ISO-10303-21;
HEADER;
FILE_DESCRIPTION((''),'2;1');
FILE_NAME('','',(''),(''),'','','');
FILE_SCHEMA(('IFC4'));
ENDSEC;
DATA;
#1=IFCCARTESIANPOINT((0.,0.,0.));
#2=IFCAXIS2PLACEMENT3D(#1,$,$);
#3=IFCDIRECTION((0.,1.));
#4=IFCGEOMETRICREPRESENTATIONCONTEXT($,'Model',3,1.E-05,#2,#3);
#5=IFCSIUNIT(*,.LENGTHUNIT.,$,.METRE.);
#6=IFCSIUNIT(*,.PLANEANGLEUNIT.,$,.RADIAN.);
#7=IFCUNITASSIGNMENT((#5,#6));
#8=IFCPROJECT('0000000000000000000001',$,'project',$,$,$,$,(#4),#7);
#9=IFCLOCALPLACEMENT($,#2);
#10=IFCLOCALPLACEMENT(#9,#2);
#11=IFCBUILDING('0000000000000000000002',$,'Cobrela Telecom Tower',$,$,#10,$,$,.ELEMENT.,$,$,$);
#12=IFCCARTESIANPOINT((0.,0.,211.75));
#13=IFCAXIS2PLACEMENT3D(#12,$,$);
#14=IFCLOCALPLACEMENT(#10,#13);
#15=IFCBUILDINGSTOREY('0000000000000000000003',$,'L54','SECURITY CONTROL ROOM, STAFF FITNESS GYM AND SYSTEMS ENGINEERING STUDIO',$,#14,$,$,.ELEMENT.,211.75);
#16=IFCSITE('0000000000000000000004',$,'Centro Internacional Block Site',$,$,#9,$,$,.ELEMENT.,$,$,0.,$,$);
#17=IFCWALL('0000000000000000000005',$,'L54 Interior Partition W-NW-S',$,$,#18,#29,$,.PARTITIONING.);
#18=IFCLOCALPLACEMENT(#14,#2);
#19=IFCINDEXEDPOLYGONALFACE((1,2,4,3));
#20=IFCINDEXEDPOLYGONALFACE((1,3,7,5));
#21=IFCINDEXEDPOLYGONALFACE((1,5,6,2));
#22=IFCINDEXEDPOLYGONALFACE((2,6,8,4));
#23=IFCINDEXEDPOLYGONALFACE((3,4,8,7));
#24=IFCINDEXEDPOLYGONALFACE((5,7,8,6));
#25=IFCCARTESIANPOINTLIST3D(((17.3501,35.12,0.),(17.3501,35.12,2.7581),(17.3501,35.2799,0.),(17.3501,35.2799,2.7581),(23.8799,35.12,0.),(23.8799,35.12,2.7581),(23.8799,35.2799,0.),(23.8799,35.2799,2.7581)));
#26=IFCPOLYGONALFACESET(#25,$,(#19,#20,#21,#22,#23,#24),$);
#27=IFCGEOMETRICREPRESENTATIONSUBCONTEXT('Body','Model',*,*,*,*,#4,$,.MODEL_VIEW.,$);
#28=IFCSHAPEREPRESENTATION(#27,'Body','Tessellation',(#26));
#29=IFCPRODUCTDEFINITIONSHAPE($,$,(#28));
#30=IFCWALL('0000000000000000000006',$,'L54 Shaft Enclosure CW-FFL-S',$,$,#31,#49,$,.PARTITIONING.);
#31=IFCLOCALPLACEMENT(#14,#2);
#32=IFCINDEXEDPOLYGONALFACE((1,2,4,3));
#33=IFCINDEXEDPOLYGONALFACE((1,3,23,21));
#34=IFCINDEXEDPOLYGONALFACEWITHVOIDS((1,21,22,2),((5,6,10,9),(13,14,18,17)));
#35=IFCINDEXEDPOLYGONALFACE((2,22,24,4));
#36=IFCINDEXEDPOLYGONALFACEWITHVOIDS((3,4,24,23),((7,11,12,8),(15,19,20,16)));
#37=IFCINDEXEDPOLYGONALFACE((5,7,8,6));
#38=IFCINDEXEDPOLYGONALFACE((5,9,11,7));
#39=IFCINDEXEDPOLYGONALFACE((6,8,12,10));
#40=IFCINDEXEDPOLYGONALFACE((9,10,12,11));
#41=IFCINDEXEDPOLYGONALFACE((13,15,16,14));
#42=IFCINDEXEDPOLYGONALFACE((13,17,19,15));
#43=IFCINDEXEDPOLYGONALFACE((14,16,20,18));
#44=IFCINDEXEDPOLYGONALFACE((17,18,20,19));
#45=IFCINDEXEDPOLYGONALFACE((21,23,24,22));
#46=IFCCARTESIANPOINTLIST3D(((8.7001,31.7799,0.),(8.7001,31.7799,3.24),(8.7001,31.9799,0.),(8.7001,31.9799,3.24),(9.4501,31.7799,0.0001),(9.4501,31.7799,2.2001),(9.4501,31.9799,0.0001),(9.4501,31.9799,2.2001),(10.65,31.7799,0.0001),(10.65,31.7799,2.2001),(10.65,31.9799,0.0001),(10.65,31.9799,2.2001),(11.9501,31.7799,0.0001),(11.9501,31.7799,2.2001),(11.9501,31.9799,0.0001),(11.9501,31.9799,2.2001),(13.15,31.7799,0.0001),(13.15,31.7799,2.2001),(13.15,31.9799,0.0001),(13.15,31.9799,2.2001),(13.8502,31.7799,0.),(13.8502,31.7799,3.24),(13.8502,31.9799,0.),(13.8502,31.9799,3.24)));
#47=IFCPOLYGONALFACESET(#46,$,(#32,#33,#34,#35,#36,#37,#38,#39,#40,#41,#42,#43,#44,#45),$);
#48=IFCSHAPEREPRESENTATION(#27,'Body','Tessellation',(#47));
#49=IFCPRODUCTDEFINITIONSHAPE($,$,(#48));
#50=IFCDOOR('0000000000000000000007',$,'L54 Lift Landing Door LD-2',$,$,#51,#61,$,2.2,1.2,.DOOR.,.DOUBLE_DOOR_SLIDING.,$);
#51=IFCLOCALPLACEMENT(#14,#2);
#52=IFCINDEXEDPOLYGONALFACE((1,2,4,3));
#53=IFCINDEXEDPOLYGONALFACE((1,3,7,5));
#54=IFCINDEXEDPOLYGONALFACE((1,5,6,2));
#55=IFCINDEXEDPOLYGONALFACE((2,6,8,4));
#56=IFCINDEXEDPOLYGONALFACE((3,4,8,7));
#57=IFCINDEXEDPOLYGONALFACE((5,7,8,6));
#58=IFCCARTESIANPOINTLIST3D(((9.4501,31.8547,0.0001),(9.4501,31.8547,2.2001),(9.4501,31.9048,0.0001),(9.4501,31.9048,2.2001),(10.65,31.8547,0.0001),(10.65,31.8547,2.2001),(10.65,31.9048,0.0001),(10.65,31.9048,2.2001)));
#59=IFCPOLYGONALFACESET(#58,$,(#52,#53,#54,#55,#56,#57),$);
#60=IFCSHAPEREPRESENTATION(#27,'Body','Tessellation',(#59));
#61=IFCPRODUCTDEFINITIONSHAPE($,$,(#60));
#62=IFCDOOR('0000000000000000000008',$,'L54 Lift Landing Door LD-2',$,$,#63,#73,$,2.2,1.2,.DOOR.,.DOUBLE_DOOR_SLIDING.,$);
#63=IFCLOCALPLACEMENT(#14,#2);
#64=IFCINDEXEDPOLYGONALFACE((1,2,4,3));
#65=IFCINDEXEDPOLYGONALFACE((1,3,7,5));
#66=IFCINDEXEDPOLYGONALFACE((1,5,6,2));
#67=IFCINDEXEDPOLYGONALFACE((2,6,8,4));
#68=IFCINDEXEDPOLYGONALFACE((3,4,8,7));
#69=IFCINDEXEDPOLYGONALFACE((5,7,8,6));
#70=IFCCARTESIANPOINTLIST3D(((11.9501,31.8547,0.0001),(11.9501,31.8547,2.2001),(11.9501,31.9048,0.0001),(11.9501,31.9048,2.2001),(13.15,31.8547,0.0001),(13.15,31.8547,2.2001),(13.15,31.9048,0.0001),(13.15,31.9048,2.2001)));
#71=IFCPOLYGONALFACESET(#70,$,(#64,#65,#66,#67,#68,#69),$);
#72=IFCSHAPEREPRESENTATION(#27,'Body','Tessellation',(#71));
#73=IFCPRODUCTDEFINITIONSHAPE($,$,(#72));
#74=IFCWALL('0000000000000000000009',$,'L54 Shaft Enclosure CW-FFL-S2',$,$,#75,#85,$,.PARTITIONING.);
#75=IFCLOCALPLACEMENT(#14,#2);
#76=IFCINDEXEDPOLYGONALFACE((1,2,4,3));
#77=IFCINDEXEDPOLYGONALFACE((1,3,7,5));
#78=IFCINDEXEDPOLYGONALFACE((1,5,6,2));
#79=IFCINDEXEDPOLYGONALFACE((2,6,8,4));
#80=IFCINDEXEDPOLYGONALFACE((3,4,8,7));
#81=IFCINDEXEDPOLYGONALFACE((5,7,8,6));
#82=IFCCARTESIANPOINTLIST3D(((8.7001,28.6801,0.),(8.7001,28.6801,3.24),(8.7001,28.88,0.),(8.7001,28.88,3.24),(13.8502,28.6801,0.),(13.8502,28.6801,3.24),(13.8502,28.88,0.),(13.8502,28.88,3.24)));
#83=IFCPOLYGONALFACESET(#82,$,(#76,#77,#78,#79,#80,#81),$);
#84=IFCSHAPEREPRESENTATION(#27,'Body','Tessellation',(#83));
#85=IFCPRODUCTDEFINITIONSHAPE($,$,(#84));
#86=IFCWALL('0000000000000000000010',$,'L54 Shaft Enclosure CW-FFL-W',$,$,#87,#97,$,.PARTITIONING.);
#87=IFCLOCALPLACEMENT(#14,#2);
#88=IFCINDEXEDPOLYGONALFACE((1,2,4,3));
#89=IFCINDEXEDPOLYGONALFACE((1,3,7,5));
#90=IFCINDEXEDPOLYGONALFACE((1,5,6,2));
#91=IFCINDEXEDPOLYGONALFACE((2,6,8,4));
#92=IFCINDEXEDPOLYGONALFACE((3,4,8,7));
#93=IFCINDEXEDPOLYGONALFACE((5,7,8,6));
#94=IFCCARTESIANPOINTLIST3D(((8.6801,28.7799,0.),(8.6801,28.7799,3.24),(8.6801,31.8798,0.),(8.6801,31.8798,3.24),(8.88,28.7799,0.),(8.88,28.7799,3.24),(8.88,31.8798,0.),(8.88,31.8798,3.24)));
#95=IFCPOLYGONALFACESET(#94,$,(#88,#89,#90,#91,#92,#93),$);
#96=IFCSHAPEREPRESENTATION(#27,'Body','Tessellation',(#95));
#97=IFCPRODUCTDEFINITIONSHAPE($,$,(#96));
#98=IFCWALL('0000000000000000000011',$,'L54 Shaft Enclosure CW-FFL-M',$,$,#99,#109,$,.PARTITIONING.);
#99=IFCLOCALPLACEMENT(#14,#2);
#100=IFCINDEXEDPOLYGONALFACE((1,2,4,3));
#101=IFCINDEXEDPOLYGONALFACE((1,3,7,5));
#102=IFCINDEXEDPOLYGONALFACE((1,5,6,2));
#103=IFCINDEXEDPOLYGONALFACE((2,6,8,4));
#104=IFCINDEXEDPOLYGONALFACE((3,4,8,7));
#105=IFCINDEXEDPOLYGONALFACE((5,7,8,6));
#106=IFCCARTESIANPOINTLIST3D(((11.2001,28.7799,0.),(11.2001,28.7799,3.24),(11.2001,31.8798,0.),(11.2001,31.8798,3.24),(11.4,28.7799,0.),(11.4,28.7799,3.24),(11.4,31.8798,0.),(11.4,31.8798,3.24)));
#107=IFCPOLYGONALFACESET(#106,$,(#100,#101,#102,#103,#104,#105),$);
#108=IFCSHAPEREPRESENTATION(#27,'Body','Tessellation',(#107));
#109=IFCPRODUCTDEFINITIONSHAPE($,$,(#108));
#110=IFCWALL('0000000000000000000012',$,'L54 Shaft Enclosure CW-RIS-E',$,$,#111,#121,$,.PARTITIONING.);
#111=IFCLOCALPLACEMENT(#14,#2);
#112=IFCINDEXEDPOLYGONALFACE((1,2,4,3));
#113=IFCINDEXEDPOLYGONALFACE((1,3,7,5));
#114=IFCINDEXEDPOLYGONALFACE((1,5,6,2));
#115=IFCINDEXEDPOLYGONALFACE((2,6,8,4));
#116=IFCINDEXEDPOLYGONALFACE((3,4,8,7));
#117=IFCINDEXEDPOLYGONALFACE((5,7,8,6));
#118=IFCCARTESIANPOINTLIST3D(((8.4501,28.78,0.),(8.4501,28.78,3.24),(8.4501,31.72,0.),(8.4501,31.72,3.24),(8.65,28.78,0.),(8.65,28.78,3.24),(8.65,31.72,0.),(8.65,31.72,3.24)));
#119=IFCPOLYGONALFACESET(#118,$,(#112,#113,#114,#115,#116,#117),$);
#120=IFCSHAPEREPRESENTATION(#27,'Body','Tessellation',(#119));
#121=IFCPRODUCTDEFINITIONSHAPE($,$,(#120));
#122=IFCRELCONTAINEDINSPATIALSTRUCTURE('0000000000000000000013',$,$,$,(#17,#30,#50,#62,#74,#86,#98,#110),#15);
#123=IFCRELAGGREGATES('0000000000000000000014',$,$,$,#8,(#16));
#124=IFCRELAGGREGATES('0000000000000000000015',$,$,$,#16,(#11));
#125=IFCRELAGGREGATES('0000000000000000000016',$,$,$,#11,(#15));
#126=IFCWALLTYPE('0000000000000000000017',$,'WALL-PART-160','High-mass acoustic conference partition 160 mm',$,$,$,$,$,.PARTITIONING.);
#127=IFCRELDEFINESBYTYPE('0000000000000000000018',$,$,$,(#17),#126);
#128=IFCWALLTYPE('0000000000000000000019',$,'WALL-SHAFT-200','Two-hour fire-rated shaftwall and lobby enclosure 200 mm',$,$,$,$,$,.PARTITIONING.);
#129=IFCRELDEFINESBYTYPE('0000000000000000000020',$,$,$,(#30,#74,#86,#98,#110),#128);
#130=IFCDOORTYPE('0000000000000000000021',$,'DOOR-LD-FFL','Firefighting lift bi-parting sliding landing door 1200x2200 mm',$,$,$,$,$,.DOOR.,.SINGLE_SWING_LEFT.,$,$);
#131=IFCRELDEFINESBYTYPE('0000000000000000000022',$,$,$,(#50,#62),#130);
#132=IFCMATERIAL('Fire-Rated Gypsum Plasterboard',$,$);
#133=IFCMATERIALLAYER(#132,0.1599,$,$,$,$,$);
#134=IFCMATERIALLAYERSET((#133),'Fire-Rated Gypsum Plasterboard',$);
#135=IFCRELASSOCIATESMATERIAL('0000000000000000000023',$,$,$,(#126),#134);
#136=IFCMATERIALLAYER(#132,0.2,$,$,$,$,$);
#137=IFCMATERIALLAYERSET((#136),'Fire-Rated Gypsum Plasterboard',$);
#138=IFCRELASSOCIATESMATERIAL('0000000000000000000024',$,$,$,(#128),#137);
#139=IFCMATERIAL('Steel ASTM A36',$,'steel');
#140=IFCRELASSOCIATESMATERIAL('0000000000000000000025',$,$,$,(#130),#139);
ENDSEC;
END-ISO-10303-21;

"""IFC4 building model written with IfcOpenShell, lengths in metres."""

from ifc_helpers import new_model, si_unit, direction, frame, frame_2d, origin, place, context, subcontext, project, spatial, rectangle, extrude, material, layer, layer_set, type_object, element, fill, save


model = new_model("IFC4")

# Units and contexts
model_context = context("Model", 3, precision=1e-05, world=origin(), true_north=direction((0.0, 1.0)))
body_context = subcontext(model_context, "Body", "Model", "MODEL_VIEW")
ifc_project = project(units=[si_unit("LENGTHUNIT", "METRE"), si_unit("PLANEANGLEUNIT", "RADIAN")], contexts=[model_context])

# Site, building, storey
site_placement = place(None, origin())
site = spatial("IfcSite", under=ifc_project, at=site_placement, Name="Centro Internacional Block Site", CompositionType="ELEMENT", RefElevation=0.0)
building_placement = place(site_placement, origin())
building = spatial("IfcBuilding", under=site, at=building_placement, Name="Cobrela Telecom Tower", CompositionType="ELEMENT")
storey_placement = place(building_placement, frame((0.0, 0.0, 211.75)))
storey = spatial("IfcBuildingStorey", under=building, at=storey_placement, Name="L54", Description="SECURITY CONTROL ROOM, STAFF FITNESS GYM AND SYSTEMS ENGINEERING STUDIO", CompositionType="ELEMENT", Elevation=211.75)

# Shared definitions
ifc_material_1 = material(Name="Steel ASTM A36", Category="steel")

# Shared definitions
ifc_material_2 = material(Name="Fire-Rated Gypsum Plasterboard")

# Wall
ifc_layer_1 = layer(ifc_material_2, 0.1599)
ifc_layer_set_1 = layer_set([ifc_layer_1], Name="Fire-Rated Gypsum Plasterboard")
wall_type_1 = type_object("IfcWallType", Name="WALL-PART-160", Description="High-mass acoustic conference partition 160 mm", PredefinedType="PARTITIONING", material=ifc_layer_set_1)
wall_1_placement = place(storey_placement, frame((17.3501, 35.2, 0.0), z_axis=(0.0, 0.0, 1.0), x_axis=(1.0, 0.0, 0.0)))
element("IfcWall", 1, at=wall_1_placement, inside=storey, type_object=wall_type_1, Name="L54 Interior Partition W-NW-S", PredefinedType="PARTITIONING", context=body_context, shape_type="SweptSolid", body=[
    extrude(rectangle(XDim=6.5298, YDim=0.1599, at=frame_2d((3.2649, 0.0))), origin(), (0.0, 0.0, 1.0), 2.7581),
])

# Wall, openings, doors
ifc_layer_2 = layer(ifc_material_2, 0.2)
ifc_layer_set_2 = layer_set([ifc_layer_2], Name="Fire-Rated Gypsum Plasterboard")
wall_type_2 = type_object("IfcWallType", Name="WALL-SHAFT-200", Description="Two-hour fire-rated shaftwall and lobby enclosure 200 mm", PredefinedType="PARTITIONING", material=ifc_layer_set_2)
wall_2_placement = place(storey_placement, frame((8.7, 31.8799, 0.0), z_axis=(0.0, 0.0, 1.0), x_axis=(1.0, 0.0, 0.0)))
wall_2 = element("IfcWall", 2, at=wall_2_placement, inside=storey, type_object=wall_type_2, Name="L54 Shaft Enclosure CW-FFL-S", PredefinedType="PARTITIONING", context=body_context, shape_type="SweptSolid", body=[
    extrude(rectangle(XDim=5.1501, YDim=0.2, at=frame_2d((2.5752, 0.0))), origin(), (0.0, 0.0, 1.0), 3.24),
])
opening_1_placement = place(wall_2_placement, frame((0.75, 0.0, 0.0)))
opening_1 = element("IfcOpeningElement", 3, at=opening_1_placement, cuts=wall_2, PredefinedType="OPENING", context=body_context, shape_type="SweptSolid", body=[
    extrude(rectangle(XDim=1.2, YDim=2.2, at=frame_2d((0.6001, 1.1001))), frame((0.0, 0.1118, 0.0), z_axis=(0.0, -1.0, 0.0), x_axis=(1.0, 0.0, 0.0)), (0.0, 0.0, 1.0), 0.2239),
])
opening_2_placement = place(wall_2_placement, frame((3.25, 0.0, 0.0)))
opening_2 = element("IfcOpeningElement", 4, at=opening_2_placement, cuts=wall_2, PredefinedType="OPENING", context=body_context, shape_type="SweptSolid", body=[
    extrude(rectangle(XDim=1.2, YDim=2.2, at=frame_2d((0.6001, 1.1001))), frame((0.0, 0.1118, 0.0), z_axis=(0.0, -1.0, 0.0), x_axis=(1.0, 0.0, 0.0)), (0.0, 0.0, 1.0), 0.2239),
])
door_type_1 = type_object("IfcDoorType", Name="DOOR-LD-FFL", Description="Firefighting lift bi-parting sliding landing door 1200x2200 mm", OperationType="SINGLE_SWING_LEFT", PredefinedType="DOOR", material=ifc_material_1)
door_1_placement = place(opening_1_placement, origin())
door_1 = element("IfcDoor", 5, at=door_1_placement, inside=storey, type_object=door_type_1, Name="L54 Lift Landing Door LD-2", OperationType="DOUBLE_DOOR_SLIDING", OverallHeight=2.2, OverallWidth=1.2, PredefinedType="DOOR", context=body_context, shape_type="SweptSolid", body=[
    extrude(rectangle(XDim=1.2, YDim=2.2, at=frame_2d((0.6001, 1.1001))), frame((0.0, 0.0249, 0.0), z_axis=(0.0, -1.0, 0.0), x_axis=(1.0, 0.0, 0.0)), (0.0, 0.0, 1.0), 0.05),
])
fill(opening_1, door_1)
door_2_placement = place(opening_2_placement, origin())
door_2 = element("IfcDoor", 6, at=door_2_placement, inside=storey, type_object=door_type_1, Name="L54 Lift Landing Door LD-2", OperationType="DOUBLE_DOOR_SLIDING", OverallHeight=2.2, OverallWidth=1.2, PredefinedType="DOOR", context=body_context, shape_type="SweptSolid", body=[
    extrude(rectangle(XDim=1.2, YDim=2.2, at=frame_2d((0.6001, 1.1001))), frame((0.0, 0.0249, 0.0), z_axis=(0.0, -1.0, 0.0), x_axis=(1.0, 0.0, 0.0)), (0.0, 0.0, 1.0), 0.05),
])
fill(opening_2, door_2)

# Walls
wall_3_placement = place(storey_placement, frame((8.7, 28.78, 0.0), z_axis=(0.0, 0.0, 1.0), x_axis=(1.0, 0.0, 0.0)))
element("IfcWall", 7, at=wall_3_placement, inside=storey, type_object=wall_type_2, Name="L54 Shaft Enclosure CW-FFL-S2", PredefinedType="PARTITIONING", context=body_context, shape_type="SweptSolid", body=[
    extrude(rectangle(XDim=5.1501, YDim=0.2, at=frame_2d((2.5752, 0.0))), origin(), (0.0, 0.0, 1.0), 3.24),
])
for number, where, z_axis, x_axis, name in (
    (8, (8.78, 28.78, 0.0), (0.0, 0.0, 1.0), (0.0, 1.0, 0.0), "L54 Shaft Enclosure CW-FFL-W"),
    (9, (11.3, 28.78, 0.0), (0.0, 0.0, 1.0), (0.0, 1.0, 0.0), "L54 Shaft Enclosure CW-FFL-M"),
):
    element("IfcWall", number, at=place(storey_placement, frame(where, z_axis=z_axis, x_axis=x_axis)), inside=storey, type_object=wall_type_2, Name=name, PredefinedType="PARTITIONING", context=body_context, shape_type="SweptSolid", body=[
        extrude(rectangle(XDim=3.0999, YDim=0.2, at=frame_2d((1.5498, 0.0))), origin(), (0.0, 0.0, 1.0), 3.24),
    ])
wall_4_placement = place(storey_placement, frame((8.55, 28.78, 0.0), z_axis=(0.0, 0.0, 1.0), x_axis=(0.0, 1.0, 0.0)))
element("IfcWall", 10, at=wall_4_placement, inside=storey, type_object=wall_type_2, Name="L54 Shaft Enclosure CW-RIS-E", PredefinedType="PARTITIONING", context=body_context, shape_type="SweptSolid", body=[
    extrude(rectangle(XDim=2.9399, YDim=0.2, at=frame_2d((1.47, 0.0))), origin(), (0.0, 0.0, 1.0), 3.24),
])

save(model, "model.ifc")
